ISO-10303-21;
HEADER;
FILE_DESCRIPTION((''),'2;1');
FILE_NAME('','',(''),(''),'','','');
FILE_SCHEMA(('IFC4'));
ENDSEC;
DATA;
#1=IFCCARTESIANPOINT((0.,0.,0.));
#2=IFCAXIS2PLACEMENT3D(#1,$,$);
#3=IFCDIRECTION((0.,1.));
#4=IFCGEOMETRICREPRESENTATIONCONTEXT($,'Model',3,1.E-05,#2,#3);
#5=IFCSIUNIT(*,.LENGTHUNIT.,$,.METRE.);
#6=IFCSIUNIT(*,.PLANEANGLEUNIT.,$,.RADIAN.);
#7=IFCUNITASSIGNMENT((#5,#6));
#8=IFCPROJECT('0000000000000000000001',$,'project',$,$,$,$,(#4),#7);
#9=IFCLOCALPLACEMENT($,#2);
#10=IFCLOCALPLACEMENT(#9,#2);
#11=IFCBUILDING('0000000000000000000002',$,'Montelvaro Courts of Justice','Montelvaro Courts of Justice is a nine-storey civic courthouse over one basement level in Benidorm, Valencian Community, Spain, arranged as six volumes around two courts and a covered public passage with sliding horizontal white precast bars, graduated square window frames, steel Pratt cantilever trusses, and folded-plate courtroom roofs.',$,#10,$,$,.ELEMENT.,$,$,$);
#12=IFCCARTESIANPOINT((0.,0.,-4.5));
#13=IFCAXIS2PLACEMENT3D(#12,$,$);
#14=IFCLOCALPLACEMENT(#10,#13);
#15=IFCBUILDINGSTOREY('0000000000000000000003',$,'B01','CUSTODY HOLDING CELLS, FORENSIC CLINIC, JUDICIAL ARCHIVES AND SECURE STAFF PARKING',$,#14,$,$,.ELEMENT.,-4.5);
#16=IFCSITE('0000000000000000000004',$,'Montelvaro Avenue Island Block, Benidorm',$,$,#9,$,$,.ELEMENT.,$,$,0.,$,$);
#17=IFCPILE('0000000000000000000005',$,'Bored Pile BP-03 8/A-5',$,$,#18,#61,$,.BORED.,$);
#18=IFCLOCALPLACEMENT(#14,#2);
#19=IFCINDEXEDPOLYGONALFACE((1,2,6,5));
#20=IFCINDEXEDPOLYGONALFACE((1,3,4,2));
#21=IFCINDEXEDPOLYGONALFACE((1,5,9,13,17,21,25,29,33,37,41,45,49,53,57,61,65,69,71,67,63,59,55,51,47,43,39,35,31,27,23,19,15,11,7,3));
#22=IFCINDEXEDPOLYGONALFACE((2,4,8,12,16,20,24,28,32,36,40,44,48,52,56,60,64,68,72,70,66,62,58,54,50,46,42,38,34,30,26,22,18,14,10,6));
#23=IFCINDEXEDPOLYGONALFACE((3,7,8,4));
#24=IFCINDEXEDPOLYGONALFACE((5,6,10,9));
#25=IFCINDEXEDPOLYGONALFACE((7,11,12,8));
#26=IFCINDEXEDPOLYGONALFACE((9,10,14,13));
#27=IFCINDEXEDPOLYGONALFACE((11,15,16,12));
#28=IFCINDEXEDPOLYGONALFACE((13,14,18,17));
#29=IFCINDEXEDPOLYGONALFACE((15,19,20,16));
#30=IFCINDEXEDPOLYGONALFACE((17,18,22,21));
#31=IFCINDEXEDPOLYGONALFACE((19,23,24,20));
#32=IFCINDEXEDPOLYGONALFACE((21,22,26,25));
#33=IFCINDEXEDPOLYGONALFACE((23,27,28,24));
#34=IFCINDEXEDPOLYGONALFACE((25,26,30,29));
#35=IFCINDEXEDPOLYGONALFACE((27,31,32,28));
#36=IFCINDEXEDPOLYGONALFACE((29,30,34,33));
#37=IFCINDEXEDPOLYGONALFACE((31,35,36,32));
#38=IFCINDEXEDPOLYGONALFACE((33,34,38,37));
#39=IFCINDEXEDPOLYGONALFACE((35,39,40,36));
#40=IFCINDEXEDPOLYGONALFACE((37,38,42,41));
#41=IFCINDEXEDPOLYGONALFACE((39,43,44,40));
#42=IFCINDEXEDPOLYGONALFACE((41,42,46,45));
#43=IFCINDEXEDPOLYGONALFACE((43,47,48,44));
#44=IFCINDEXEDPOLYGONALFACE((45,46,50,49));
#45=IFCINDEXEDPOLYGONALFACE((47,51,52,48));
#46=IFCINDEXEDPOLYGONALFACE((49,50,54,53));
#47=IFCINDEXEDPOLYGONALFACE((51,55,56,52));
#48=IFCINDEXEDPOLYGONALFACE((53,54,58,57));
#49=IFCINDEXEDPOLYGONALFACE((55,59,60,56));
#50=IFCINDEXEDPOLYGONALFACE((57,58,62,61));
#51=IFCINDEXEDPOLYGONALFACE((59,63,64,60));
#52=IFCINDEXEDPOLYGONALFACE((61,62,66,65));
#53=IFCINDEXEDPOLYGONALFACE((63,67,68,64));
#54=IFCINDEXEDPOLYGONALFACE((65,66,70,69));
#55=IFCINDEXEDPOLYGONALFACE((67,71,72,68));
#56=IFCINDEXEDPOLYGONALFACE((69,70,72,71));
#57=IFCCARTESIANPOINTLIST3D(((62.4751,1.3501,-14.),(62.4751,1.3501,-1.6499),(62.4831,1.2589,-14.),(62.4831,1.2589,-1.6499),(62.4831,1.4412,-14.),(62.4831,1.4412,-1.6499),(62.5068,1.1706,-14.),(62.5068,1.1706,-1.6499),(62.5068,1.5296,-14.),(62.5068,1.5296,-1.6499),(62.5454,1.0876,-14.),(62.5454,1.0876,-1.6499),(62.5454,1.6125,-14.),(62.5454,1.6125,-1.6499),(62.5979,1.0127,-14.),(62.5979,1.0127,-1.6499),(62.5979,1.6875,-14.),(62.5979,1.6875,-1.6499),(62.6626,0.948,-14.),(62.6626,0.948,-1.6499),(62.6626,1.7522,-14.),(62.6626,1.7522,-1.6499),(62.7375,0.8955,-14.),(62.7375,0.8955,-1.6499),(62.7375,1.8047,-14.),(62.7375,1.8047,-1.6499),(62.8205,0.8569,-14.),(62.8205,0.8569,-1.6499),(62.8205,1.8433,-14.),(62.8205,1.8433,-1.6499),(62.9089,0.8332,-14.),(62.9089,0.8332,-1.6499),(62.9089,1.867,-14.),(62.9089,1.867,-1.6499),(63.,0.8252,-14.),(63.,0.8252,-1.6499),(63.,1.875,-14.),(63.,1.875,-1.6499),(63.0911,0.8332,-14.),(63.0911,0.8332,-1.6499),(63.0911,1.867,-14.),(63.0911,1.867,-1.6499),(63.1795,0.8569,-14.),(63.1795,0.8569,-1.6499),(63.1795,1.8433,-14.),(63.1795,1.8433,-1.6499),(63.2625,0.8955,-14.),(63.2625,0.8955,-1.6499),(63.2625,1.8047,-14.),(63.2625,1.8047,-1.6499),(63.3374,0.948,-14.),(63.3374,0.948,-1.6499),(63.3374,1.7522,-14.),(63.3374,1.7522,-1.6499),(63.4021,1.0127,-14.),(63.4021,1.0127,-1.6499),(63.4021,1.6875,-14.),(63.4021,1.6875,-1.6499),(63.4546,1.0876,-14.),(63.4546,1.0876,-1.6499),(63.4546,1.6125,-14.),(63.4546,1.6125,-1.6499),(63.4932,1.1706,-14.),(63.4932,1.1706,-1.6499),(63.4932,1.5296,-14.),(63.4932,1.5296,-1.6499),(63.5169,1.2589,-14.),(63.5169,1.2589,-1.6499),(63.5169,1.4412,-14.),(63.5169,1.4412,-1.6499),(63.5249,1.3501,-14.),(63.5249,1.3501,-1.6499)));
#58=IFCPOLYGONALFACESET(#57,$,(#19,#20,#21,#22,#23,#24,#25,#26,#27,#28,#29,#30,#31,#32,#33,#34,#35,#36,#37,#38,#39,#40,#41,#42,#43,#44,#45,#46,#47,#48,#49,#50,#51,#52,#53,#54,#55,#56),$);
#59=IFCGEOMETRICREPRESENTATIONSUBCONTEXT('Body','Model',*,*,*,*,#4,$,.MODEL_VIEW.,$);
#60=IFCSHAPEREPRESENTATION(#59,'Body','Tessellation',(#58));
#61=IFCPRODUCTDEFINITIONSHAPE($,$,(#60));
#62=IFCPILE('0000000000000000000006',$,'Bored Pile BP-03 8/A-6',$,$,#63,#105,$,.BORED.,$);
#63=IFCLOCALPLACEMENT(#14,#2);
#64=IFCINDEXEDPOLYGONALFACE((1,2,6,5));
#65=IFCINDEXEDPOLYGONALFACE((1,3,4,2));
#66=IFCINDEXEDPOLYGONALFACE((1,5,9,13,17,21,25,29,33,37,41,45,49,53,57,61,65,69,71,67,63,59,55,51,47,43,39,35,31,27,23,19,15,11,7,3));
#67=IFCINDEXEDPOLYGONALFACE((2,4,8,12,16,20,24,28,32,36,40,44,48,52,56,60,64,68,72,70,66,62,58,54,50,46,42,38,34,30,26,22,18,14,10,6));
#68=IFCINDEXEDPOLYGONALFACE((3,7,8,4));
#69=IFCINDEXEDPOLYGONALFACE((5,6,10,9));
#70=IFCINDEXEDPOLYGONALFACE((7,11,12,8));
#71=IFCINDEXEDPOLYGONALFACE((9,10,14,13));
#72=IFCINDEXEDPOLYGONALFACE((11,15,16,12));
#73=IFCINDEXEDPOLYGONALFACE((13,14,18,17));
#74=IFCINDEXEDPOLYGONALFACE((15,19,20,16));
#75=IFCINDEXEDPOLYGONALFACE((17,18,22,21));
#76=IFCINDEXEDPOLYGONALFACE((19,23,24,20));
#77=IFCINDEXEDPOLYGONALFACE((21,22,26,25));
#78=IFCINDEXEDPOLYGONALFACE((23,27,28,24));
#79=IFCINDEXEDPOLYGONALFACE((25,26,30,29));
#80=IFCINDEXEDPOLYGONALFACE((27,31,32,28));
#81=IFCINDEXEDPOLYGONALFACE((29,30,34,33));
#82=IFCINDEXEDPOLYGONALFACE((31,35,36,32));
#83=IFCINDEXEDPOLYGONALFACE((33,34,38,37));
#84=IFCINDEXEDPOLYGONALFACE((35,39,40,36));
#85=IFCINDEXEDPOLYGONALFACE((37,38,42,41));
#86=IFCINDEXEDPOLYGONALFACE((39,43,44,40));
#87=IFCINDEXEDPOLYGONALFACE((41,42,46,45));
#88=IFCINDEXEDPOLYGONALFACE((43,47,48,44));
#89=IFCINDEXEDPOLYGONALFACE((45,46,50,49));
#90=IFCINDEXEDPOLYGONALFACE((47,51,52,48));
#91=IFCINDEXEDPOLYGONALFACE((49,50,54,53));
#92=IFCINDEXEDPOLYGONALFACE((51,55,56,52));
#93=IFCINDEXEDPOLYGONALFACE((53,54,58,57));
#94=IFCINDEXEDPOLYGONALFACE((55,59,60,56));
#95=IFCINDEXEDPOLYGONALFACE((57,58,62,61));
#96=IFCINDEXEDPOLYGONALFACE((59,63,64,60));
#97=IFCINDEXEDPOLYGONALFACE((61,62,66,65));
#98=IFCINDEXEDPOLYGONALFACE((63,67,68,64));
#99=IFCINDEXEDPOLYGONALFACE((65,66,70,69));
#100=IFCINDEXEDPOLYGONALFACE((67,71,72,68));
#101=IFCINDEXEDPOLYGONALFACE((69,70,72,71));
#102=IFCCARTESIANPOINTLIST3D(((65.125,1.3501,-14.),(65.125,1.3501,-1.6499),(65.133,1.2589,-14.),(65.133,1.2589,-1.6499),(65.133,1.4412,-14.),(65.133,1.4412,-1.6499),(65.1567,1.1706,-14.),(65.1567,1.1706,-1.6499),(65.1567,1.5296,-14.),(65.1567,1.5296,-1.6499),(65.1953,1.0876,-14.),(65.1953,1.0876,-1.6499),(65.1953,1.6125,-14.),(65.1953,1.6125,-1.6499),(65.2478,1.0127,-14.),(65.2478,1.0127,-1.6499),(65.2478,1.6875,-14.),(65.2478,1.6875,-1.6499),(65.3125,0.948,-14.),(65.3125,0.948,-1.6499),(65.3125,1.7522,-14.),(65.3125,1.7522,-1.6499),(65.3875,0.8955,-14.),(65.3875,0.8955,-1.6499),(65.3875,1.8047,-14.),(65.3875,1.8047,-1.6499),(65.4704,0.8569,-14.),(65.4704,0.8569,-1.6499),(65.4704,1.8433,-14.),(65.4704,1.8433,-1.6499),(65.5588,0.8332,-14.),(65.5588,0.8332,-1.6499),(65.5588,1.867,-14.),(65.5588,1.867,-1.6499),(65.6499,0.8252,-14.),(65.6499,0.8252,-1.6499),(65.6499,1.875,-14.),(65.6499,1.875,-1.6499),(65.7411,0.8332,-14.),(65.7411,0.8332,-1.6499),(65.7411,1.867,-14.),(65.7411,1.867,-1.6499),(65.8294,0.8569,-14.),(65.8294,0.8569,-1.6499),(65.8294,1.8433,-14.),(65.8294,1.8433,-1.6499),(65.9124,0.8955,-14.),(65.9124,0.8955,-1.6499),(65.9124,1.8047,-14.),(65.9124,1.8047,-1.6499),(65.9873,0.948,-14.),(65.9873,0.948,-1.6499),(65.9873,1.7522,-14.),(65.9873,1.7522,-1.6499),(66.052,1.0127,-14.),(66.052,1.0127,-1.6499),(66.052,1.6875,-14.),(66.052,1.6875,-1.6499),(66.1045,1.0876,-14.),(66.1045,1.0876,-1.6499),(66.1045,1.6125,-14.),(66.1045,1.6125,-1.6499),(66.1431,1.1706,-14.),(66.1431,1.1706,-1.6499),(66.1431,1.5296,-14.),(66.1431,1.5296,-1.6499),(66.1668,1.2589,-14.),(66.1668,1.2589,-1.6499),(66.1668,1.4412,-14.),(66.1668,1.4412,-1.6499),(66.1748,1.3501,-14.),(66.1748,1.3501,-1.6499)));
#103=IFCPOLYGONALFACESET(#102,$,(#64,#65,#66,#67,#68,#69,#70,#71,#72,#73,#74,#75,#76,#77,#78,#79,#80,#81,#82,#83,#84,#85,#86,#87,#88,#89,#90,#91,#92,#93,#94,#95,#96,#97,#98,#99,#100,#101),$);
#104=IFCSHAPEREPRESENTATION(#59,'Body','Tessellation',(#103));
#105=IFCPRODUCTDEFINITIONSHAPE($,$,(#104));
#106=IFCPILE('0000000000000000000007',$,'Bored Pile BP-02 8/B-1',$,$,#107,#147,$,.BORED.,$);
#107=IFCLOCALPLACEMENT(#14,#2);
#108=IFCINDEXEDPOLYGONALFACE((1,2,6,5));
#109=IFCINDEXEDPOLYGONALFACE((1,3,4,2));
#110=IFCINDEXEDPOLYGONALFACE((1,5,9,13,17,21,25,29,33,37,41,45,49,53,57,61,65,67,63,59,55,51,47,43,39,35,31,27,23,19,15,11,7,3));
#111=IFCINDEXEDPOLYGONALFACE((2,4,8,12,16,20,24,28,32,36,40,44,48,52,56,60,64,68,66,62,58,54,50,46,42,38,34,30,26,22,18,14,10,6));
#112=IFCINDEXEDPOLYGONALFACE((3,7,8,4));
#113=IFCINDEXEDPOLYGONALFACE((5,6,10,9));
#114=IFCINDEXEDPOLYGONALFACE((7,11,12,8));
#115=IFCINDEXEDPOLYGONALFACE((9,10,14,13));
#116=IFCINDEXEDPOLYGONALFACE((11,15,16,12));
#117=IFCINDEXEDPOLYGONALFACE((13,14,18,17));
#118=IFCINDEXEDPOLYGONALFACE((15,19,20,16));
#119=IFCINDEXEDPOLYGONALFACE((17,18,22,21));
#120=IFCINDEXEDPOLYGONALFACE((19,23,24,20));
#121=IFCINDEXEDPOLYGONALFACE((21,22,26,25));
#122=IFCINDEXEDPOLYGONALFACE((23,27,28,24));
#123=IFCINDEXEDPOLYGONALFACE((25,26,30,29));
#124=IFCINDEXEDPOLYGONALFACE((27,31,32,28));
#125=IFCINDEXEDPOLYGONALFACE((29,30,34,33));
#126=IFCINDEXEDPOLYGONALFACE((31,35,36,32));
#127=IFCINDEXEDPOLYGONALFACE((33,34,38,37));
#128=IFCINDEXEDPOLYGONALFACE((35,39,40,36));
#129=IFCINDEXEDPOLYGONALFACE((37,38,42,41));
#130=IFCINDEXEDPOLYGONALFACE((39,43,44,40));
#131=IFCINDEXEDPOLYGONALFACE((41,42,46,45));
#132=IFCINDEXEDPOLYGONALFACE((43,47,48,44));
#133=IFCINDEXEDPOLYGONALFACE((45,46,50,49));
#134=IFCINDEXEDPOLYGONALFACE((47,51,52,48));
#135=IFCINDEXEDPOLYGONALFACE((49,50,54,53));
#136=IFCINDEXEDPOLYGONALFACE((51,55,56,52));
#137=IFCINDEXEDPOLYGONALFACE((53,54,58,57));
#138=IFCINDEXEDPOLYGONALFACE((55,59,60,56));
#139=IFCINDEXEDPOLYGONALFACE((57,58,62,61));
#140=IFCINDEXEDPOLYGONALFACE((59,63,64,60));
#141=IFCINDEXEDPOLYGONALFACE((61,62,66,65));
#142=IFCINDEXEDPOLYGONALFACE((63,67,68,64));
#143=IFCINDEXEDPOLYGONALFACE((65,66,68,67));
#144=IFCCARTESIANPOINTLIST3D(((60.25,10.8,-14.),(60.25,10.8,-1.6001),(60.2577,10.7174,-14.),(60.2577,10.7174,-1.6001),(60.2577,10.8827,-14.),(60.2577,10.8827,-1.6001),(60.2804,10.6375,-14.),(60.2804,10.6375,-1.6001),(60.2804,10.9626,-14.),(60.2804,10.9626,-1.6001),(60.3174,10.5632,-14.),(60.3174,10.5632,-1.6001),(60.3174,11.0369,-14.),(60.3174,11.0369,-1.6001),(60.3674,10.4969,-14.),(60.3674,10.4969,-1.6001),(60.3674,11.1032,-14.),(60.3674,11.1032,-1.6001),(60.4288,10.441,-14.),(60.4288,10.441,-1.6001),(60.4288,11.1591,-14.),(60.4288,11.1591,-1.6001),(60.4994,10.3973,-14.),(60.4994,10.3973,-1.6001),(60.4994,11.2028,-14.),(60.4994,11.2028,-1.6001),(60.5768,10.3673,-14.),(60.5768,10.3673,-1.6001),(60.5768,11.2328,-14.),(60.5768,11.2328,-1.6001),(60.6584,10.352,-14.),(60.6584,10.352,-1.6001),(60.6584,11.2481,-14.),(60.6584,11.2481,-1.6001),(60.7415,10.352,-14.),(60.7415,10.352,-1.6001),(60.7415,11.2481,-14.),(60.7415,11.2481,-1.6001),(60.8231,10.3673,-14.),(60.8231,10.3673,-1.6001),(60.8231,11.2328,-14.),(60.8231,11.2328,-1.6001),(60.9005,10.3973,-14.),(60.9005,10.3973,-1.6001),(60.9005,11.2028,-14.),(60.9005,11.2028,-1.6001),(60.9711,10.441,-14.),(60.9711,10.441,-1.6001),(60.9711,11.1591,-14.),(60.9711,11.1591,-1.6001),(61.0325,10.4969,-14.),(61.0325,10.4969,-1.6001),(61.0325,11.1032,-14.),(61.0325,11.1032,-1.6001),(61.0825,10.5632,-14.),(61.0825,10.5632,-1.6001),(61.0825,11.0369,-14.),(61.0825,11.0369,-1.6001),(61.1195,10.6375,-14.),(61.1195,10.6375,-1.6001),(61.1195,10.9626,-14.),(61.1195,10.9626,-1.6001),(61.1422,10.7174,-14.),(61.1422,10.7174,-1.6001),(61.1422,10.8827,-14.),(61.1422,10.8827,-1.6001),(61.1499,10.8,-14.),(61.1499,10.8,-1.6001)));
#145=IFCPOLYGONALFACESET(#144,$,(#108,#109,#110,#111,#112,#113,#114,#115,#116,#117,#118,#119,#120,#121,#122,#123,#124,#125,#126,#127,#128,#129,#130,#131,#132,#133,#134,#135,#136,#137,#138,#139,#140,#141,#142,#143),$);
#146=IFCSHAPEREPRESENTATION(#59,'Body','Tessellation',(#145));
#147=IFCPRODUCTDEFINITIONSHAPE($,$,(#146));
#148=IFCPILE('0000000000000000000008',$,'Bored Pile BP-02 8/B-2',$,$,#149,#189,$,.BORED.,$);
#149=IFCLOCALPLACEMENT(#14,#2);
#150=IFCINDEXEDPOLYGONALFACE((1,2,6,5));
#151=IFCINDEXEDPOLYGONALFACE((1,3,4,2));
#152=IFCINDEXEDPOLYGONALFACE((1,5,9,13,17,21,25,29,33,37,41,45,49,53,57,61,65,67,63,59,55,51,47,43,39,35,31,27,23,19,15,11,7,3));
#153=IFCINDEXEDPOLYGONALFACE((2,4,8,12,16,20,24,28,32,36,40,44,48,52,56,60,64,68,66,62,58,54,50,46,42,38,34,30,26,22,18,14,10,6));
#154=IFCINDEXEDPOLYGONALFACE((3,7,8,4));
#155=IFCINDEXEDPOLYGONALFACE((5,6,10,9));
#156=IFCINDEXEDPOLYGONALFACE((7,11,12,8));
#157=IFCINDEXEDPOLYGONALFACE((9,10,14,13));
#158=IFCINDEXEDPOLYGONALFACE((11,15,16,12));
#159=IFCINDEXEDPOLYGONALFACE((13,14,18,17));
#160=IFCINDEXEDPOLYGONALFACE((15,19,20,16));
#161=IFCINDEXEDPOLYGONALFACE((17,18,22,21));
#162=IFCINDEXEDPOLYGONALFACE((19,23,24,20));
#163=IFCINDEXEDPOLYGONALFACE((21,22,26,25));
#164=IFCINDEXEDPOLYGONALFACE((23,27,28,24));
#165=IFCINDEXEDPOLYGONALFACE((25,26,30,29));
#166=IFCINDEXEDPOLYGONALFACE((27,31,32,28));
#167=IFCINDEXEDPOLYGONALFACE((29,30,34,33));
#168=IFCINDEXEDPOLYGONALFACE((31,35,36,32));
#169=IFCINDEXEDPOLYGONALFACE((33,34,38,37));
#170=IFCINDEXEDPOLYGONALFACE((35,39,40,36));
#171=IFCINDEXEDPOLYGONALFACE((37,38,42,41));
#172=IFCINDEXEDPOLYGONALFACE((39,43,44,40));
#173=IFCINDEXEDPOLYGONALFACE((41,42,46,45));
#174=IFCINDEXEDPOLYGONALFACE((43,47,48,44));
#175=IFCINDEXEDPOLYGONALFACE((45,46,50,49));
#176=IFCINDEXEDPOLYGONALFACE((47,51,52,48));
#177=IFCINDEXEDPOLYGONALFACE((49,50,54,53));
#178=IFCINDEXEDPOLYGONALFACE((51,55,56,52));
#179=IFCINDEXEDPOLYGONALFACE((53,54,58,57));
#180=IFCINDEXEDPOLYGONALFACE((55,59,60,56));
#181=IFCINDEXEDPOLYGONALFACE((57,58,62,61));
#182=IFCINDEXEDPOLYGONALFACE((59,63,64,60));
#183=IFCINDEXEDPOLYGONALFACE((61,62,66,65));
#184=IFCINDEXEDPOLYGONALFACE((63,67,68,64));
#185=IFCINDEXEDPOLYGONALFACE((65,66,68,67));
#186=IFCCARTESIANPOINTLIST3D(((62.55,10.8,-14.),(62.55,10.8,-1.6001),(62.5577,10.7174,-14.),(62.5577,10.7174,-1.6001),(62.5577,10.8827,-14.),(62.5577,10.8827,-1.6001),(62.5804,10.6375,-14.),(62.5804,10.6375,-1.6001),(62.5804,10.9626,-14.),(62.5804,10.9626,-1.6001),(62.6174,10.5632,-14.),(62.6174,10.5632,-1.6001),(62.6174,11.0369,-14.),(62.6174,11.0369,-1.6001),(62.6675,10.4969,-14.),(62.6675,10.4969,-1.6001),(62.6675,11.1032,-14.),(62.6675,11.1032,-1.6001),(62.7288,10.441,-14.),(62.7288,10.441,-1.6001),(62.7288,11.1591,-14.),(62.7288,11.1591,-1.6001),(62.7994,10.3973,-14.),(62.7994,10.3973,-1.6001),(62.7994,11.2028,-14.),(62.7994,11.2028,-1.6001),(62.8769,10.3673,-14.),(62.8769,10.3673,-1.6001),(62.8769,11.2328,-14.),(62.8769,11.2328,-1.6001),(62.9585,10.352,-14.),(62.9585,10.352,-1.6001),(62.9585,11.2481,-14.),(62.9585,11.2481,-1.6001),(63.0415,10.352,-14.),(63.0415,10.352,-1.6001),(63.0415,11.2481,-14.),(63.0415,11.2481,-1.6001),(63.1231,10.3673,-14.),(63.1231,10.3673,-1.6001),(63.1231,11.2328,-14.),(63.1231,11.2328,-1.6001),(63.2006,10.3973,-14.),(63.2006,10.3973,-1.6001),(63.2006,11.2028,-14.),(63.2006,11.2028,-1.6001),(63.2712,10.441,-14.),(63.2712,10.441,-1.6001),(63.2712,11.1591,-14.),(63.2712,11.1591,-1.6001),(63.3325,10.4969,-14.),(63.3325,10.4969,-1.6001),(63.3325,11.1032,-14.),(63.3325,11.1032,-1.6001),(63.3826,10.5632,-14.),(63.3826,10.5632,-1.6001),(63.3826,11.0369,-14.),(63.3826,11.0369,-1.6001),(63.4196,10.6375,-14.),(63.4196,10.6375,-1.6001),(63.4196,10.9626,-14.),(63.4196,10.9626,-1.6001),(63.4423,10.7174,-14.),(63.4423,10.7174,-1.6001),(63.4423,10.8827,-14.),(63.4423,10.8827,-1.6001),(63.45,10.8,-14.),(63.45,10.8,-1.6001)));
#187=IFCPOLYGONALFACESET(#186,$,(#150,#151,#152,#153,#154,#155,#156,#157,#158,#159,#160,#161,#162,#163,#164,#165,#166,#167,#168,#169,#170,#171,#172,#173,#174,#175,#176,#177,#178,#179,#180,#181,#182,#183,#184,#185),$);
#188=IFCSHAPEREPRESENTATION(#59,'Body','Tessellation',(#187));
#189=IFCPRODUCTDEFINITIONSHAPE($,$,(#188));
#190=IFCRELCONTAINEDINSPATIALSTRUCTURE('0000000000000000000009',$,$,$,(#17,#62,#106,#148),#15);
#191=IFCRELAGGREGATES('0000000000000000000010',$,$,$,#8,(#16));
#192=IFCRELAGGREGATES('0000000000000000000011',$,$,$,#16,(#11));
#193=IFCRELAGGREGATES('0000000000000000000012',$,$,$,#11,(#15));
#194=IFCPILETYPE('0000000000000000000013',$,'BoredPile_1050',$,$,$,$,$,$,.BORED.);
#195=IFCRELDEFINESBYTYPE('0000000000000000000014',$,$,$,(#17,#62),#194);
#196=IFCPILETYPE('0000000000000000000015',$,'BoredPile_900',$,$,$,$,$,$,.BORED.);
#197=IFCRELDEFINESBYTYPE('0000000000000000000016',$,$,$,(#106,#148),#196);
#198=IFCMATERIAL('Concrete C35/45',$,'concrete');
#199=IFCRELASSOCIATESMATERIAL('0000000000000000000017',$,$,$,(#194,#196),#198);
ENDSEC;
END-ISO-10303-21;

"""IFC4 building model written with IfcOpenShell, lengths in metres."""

from ifc_helpers import new_model, si_unit, direction, frame, origin, origin_2d, place, context, subcontext, project, spatial, circle, extrude, material, material_profile, profile_set, type_object, element, save


model = new_model("IFC4")

# Units and contexts
model_context = context("Model", 3, precision=1e-05, world=origin(), true_north=direction((0.0, 1.0)))
body_context = subcontext(model_context, "Body", "Model", "MODEL_VIEW")
ifc_project = project(units=[si_unit("LENGTHUNIT", "METRE"), si_unit("PLANEANGLEUNIT", "RADIAN")], contexts=[model_context])

# Site, building, storey
site_placement = place(None, origin())
site = spatial("IfcSite", under=ifc_project, at=site_placement, Name="Montelvaro Avenue Island Block, Benidorm", CompositionType="ELEMENT", RefElevation=0.0)
building_placement = place(site_placement, origin())
building = spatial("IfcBuilding", under=site, at=building_placement, Name="Montelvaro Courts of Justice", Description="Montelvaro Courts of Justice is a nine-storey civic courthouse over one basement level in Benidorm, Valencian Community, Spain, arranged as six volumes around two courts and a covered public passage with sliding horizontal white precast bars, graduated square window frames, steel Pratt cantilever trusses, and folded-plate courtroom roofs.", CompositionType="ELEMENT")
storey_placement = place(building_placement, frame((0.0, 0.0, -4.5)))
storey = spatial("IfcBuildingStorey", under=building, at=storey_placement, Name="B01", Description="CUSTODY HOLDING CELLS, FORENSIC CLINIC, JUDICIAL ARCHIVES AND SECURE STAFF PARKING", CompositionType="ELEMENT", Elevation=-4.5)

# Piles
ifc_material_1 = material(Name="Concrete C35/45", Category="concrete")
ifc_material_profile_1 = material_profile(ifc_material_1, circle(Radius=0.5249, at=origin_2d()), Name="BORED PILE D1050")
ifc_profile_set_1 = profile_set([ifc_material_profile_1], Name="Concrete C35/45")
pile_type_1 = type_object("IfcPileType", Name="BoredPile_1050", PredefinedType="BORED", material=ifc_profile_set_1)
for number, where, z_axis, x_axis, name in (
    (1, (63.0, 1.3501, -1.6499), (0.0, 0.0, -1.0), (1.0, 0.0, 0.0), "Bored Pile BP-03 8/A-5"),
    (2, (65.6499, 1.3501, -1.6499), (0.0, 0.0, -1.0), (1.0, 0.0, 0.0), "Bored Pile BP-03 8/A-6"),
):
    element("IfcPile", number, at=place(storey_placement, frame(where, z_axis=z_axis, x_axis=x_axis)), inside=storey, type_object=pile_type_1, Name=name, PredefinedType="BORED", context=body_context, shape_type="SweptSolid", body=[
        extrude(circle(Radius=0.5249, at=origin_2d()), origin(), (0.0, 0.0, 1.0), 12.3501),
    ])
ifc_material_profile_2 = material_profile(ifc_material_1, circle(Radius=0.45, at=origin_2d()), Name="BORED PILE D900")
ifc_profile_set_2 = profile_set([ifc_material_profile_2], Name="Concrete C35/45")
pile_type_2 = type_object("IfcPileType", Name="BoredPile_900", PredefinedType="BORED", material=ifc_profile_set_2)
for number, where, z_axis, x_axis, name in (
    (3, (60.7, 10.8, -1.6001), (0.0, 0.0, -1.0), (1.0, 0.0, 0.0), "Bored Pile BP-02 8/B-1"),
    (4, (63.0, 10.8, -1.6001), (0.0, 0.0, -1.0), (1.0, 0.0, 0.0), "Bored Pile BP-02 8/B-2"),
):
    element("IfcPile", number, at=place(storey_placement, frame(where, z_axis=z_axis, x_axis=x_axis)), inside=storey, type_object=pile_type_2, Name=name, PredefinedType="BORED", context=body_context, shape_type="SweptSolid", body=[
        extrude(circle(Radius=0.45, at=origin_2d()), origin(), (0.0, 0.0, 1.0), 12.3999),
    ])

save(model, "model.ifc")
